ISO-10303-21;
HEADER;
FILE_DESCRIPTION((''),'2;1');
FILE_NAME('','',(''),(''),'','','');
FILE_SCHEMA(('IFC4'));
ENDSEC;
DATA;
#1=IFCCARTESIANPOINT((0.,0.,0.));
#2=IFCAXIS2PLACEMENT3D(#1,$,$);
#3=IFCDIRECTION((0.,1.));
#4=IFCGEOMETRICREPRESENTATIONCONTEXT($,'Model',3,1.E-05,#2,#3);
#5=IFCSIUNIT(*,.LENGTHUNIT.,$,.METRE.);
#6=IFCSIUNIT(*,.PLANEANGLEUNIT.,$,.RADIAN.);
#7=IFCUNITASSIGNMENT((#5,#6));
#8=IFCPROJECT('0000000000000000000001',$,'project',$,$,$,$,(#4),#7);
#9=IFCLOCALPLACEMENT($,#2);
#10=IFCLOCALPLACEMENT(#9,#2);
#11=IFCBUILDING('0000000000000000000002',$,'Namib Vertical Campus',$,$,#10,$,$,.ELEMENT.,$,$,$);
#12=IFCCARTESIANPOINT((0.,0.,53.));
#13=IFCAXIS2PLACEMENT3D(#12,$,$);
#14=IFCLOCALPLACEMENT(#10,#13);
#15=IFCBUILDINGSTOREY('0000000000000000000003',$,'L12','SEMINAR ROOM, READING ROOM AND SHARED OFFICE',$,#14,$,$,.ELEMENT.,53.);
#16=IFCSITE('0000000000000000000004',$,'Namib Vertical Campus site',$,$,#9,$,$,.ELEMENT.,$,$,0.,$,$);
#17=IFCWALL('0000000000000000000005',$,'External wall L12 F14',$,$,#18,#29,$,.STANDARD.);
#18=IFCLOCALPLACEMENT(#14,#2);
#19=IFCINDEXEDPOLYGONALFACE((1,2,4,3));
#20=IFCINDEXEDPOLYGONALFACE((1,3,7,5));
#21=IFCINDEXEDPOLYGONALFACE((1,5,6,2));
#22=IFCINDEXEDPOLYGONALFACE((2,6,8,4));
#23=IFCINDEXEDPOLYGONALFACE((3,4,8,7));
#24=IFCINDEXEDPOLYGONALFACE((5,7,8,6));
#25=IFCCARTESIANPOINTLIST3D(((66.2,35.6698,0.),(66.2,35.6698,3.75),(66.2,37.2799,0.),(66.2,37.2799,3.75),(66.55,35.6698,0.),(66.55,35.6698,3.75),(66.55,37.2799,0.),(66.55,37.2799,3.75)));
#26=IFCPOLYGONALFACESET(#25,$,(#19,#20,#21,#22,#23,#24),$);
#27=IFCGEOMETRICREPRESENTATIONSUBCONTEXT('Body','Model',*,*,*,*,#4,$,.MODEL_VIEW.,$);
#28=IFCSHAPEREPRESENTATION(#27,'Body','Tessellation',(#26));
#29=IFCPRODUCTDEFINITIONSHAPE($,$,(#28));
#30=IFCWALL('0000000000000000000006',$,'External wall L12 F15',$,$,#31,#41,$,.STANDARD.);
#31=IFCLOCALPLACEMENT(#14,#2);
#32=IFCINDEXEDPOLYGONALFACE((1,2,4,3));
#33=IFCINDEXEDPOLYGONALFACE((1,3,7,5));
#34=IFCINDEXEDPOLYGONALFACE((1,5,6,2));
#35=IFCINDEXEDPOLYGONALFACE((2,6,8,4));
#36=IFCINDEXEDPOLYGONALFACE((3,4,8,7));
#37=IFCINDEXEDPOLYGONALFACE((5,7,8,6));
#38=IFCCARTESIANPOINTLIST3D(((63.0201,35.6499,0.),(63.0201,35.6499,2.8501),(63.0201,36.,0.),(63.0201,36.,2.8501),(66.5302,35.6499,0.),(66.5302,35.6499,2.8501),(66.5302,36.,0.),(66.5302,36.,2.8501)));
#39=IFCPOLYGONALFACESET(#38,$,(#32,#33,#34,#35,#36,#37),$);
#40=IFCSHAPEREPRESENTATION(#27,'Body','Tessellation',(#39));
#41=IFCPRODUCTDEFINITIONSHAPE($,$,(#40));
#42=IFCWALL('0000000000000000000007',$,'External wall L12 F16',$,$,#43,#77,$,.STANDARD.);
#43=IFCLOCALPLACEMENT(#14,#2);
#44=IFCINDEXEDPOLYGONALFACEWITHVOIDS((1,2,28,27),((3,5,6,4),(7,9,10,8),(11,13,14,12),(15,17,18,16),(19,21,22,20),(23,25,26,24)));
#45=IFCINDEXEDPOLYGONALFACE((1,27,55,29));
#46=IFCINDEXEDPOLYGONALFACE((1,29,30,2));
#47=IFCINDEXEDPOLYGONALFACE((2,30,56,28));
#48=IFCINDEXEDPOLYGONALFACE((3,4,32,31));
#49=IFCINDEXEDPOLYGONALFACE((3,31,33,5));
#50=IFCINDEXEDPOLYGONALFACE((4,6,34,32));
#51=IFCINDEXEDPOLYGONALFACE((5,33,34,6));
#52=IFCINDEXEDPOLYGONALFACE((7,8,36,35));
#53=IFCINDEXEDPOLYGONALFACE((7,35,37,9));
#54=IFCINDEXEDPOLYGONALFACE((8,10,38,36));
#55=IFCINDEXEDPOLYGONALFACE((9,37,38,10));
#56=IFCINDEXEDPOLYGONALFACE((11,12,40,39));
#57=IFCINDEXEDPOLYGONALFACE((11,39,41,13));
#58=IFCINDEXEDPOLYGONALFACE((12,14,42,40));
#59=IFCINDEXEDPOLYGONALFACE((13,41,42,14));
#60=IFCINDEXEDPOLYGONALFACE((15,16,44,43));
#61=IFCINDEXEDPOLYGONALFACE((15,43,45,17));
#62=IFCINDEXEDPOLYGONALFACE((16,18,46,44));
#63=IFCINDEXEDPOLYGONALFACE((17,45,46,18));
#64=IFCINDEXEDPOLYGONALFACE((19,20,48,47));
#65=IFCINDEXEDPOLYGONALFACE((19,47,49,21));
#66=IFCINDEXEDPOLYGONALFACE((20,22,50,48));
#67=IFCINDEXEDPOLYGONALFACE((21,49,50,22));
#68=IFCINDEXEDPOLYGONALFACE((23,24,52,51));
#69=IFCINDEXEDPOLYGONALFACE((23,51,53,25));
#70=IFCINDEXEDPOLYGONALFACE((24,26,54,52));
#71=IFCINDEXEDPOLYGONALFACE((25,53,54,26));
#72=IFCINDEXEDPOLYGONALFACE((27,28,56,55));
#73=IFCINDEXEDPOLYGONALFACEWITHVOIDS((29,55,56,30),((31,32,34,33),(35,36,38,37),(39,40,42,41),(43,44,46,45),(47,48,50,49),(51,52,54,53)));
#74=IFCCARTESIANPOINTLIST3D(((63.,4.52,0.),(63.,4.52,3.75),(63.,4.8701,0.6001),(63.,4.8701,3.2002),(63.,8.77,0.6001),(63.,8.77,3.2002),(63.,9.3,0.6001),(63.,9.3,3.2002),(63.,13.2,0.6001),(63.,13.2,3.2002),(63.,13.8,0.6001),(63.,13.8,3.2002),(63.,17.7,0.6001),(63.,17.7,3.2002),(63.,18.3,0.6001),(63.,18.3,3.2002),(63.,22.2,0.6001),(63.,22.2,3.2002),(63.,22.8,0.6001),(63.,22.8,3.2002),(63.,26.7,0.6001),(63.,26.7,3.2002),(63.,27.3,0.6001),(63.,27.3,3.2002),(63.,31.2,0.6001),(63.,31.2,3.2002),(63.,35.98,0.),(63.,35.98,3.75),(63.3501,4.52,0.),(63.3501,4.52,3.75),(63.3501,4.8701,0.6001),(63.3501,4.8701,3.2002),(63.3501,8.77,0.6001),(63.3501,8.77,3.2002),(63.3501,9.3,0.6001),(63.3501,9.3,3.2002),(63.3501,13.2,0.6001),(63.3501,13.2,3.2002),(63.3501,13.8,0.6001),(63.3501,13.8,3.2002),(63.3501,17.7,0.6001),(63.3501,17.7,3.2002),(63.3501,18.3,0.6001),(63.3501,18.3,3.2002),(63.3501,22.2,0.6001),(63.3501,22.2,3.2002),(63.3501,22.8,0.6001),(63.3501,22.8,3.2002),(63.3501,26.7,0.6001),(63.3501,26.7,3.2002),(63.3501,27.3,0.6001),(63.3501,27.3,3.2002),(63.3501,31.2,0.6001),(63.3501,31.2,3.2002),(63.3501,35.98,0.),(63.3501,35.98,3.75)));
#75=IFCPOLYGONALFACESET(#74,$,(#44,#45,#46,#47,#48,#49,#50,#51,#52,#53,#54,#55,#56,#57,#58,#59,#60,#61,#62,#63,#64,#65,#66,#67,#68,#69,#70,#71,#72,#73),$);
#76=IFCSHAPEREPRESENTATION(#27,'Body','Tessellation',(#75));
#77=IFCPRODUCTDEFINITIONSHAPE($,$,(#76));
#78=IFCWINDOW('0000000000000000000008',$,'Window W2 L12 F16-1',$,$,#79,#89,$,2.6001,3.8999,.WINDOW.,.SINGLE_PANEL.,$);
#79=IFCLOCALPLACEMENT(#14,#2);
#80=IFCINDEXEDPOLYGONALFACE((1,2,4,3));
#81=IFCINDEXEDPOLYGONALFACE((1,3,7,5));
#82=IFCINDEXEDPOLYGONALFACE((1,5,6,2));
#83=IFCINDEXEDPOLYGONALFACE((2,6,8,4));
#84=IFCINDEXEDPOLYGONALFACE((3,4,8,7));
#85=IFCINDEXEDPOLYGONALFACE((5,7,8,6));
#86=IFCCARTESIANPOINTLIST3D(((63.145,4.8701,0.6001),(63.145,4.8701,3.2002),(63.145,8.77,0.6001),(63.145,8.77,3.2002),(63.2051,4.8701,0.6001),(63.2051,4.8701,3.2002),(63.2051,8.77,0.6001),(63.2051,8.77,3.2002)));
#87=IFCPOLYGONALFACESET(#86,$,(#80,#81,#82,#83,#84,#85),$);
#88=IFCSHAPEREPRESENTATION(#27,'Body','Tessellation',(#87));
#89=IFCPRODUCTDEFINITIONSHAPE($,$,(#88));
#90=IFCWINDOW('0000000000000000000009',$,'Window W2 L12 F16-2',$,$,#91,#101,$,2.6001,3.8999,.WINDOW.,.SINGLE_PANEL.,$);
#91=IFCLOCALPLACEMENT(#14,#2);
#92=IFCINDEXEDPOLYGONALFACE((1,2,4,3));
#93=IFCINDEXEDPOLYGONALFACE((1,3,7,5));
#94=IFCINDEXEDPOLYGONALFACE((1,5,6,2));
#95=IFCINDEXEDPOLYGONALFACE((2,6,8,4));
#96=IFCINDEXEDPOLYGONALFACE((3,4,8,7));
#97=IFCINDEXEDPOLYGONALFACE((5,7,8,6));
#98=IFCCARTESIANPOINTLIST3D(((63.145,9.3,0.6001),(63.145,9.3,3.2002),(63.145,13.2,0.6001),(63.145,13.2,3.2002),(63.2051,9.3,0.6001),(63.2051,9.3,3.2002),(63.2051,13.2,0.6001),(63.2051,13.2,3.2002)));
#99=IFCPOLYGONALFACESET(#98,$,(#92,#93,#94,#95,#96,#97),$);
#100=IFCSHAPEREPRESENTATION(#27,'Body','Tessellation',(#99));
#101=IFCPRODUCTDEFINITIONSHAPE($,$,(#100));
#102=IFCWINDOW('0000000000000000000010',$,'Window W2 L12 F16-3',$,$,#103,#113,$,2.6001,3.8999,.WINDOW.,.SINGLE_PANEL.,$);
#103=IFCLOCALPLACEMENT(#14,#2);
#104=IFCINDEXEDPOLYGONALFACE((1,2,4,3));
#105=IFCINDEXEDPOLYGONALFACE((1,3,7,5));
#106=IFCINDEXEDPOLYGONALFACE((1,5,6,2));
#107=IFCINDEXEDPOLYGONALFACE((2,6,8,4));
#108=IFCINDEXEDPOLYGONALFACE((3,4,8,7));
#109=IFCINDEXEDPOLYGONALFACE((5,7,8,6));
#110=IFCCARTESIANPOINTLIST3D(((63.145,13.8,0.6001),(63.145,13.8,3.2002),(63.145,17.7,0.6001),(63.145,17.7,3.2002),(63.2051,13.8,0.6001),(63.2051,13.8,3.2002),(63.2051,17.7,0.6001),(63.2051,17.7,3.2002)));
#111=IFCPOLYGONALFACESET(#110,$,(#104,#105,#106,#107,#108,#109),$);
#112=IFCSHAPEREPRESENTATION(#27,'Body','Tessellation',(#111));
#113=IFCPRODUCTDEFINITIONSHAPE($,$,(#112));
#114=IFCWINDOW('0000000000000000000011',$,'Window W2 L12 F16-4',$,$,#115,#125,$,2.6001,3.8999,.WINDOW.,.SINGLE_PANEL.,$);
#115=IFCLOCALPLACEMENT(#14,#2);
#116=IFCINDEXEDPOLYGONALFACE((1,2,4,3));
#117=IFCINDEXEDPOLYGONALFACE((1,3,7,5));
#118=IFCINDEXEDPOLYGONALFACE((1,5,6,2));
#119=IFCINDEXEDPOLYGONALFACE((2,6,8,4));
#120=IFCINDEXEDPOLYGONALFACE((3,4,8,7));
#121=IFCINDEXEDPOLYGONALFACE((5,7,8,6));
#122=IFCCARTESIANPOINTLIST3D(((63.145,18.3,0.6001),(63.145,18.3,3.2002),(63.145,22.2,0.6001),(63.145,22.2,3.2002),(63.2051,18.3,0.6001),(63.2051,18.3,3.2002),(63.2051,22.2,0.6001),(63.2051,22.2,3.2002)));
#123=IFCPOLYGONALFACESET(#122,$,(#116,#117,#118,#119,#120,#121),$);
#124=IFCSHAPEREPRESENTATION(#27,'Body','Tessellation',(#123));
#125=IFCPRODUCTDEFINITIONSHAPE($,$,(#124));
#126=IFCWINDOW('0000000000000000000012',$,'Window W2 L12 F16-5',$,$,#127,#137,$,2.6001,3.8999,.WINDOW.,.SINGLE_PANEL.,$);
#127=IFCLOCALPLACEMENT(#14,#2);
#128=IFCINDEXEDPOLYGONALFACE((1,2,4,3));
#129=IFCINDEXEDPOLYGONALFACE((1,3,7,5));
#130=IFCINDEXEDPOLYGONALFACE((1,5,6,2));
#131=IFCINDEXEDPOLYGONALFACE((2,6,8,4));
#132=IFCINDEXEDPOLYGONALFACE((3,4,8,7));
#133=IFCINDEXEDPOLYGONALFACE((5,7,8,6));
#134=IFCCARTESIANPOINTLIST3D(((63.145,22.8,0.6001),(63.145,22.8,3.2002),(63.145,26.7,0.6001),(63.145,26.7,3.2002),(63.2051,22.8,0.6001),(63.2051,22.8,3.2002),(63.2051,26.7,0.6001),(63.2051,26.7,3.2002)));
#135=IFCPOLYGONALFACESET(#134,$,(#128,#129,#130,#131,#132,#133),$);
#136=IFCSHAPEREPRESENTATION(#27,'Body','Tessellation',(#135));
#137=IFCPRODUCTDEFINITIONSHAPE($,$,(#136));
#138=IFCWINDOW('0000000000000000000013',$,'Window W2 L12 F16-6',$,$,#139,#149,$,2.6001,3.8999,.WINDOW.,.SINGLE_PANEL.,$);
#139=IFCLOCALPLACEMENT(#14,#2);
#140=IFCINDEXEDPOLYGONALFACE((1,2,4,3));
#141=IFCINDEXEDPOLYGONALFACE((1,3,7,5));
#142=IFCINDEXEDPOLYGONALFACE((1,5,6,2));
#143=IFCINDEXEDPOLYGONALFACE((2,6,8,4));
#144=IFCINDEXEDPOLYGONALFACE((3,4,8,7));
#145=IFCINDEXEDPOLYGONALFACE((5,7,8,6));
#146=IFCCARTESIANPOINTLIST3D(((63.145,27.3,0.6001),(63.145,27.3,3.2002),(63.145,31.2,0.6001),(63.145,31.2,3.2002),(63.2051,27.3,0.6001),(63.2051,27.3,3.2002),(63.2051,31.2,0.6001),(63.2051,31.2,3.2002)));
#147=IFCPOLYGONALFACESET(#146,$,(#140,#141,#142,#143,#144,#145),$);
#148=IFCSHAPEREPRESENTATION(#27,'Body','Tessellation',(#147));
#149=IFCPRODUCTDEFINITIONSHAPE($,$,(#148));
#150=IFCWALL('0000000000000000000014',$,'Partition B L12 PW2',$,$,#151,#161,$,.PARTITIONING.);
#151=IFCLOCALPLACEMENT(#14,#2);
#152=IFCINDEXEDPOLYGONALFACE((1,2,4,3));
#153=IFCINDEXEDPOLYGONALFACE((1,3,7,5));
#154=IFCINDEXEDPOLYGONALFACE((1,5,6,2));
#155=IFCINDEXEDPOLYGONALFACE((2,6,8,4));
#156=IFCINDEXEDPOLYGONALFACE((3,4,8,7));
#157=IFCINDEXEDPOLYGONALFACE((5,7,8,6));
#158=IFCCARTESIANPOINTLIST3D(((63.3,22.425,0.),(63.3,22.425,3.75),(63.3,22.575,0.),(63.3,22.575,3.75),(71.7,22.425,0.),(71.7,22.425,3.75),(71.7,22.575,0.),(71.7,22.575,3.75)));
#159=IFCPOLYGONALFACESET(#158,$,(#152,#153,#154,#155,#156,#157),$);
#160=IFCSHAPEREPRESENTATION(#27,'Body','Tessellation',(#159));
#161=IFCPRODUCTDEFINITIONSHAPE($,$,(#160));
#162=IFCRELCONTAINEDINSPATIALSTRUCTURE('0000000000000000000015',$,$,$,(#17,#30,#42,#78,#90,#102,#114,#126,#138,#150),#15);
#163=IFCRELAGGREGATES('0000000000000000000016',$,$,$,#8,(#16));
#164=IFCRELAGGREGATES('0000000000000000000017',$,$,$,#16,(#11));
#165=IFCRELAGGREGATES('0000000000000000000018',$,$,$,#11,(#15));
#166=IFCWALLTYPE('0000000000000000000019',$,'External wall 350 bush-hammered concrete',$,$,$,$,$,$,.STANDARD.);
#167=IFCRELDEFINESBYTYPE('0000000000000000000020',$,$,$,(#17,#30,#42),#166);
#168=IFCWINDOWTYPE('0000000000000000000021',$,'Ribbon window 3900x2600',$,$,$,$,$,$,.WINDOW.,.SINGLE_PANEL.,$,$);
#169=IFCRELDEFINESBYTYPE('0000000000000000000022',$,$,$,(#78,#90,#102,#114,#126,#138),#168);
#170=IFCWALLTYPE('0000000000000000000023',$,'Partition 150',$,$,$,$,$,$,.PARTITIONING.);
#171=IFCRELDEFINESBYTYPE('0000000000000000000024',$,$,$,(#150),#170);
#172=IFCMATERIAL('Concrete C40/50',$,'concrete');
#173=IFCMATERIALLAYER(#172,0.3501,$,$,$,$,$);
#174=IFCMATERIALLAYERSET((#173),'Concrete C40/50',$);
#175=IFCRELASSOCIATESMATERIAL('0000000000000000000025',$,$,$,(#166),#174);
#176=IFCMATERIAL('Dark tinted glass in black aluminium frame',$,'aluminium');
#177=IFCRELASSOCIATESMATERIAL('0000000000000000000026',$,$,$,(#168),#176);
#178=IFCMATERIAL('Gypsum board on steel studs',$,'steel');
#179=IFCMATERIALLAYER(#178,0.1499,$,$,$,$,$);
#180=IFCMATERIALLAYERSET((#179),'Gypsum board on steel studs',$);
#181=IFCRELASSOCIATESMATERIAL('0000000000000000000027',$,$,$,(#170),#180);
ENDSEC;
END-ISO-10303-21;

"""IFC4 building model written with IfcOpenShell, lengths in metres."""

from ifc_helpers import new_model, si_unit, direction, frame, frame_2d, origin, place, context, subcontext, project, spatial, rectangle, extrude, material, layer, layer_set, type_object, element, fill, save


model = new_model("IFC4")

# Units and contexts
model_context = context("Model", 3, precision=1e-05, world=origin(), true_north=direction((0.0, 1.0)))
body_context = subcontext(model_context, "Body", "Model", "MODEL_VIEW")
ifc_project = project(units=[si_unit("LENGTHUNIT", "METRE"), si_unit("PLANEANGLEUNIT", "RADIAN")], contexts=[model_context])

# Site, building, storey
site_placement = place(None, origin())
site = spatial("IfcSite", under=ifc_project, at=site_placement, Name="Namib Vertical Campus site", CompositionType="ELEMENT", RefElevation=0.0)
building_placement = place(site_placement, origin())
building = spatial("IfcBuilding", under=site, at=building_placement, Name="Namib Vertical Campus", CompositionType="ELEMENT")
storey_placement = place(building_placement, frame((0.0, 0.0, 53.0)))
storey = spatial("IfcBuildingStorey", under=building, at=storey_placement, Name="L12", Description="SEMINAR ROOM, READING ROOM AND SHARED OFFICE", CompositionType="ELEMENT", Elevation=53.0)

# Walls
ifc_material_1 = material(Name="Concrete C40/50", Category="concrete")
ifc_layer_1 = layer(ifc_material_1, 0.3501)
ifc_layer_set_1 = layer_set([ifc_layer_1], Name="Concrete C40/50")
wall_type_1 = type_object("IfcWallType", Name="External wall 350 bush-hammered concrete", PredefinedType="STANDARD", material=ifc_layer_set_1)
wall_1_placement = place(storey_placement, frame((66.375, 37.28, 0.0), z_axis=(0.0, 0.0, 1.0), x_axis=(0.0, -1.0, 0.0)))
element("IfcWall", 1, at=wall_1_placement, inside=storey, type_object=wall_type_1, Name="External wall L12 F14", PredefinedType="STANDARD", context=body_context, shape_type="SweptSolid", body=[
    extrude(rectangle(XDim=1.6101, YDim=0.3501, at=frame_2d((0.8052, 0.0))), origin(), (0.0, 0.0, 1.0), 3.75),
])
wall_2_placement = place(storey_placement, frame((66.53, 35.825, 0.0), z_axis=(0.0, 0.0, 1.0), x_axis=(-1.0, 0.0, 0.0)))
element("IfcWall", 2, at=wall_2_placement, inside=storey, type_object=wall_type_1, Name="External wall L12 F15", PredefinedType="STANDARD", context=body_context, shape_type="SweptSolid", body=[
    extrude(rectangle(XDim=3.51, YDim=0.3501, at=frame_2d((1.7549, 0.0))), origin(), (0.0, 0.0, 1.0), 2.8501),
])

# Wall, openings, windows
wall_3_placement = place(storey_placement, frame((63.175, 35.98, 0.0), z_axis=(0.0, 0.0, 1.0), x_axis=(0.0, -1.0, 0.0)))
wall_3 = element("IfcWall", 3, at=wall_3_placement, inside=storey, type_object=wall_type_1, Name="External wall L12 F16", PredefinedType="STANDARD", context=body_context, shape_type="SweptSolid", body=[
    extrude(rectangle(XDim=31.46, YDim=0.3501, at=frame_2d((15.73, 0.0))), origin(), (0.0, 0.0, 1.0), 3.75),
])
opening_1_placement = place(wall_3_placement, frame((27.21, 0.0, 0.6001)))
opening_1 = element("IfcOpeningElement", 4, at=opening_1_placement, cuts=wall_3, PredefinedType="OPENING", context=body_context, shape_type="SweptSolid", body=[
    extrude(rectangle(XDim=3.8999, YDim=2.6001, at=frame_2d((1.95, 1.3))), frame((0.0, 0.1851, 0.0), z_axis=(0.0, -1.0, 0.0), x_axis=(1.0, 0.0, 0.0)), (0.0, 0.0, 1.0), 0.3701),
])
opening_2_placement = place(wall_3_placement, frame((22.78, 0.0, 0.6001)))
opening_2 = element("IfcOpeningElement", 5, at=opening_2_placement, cuts=wall_3, PredefinedType="OPENING", context=body_context, shape_type="SweptSolid", body=[
    extrude(rectangle(XDim=3.8999, YDim=2.6001, at=frame_2d((1.95, 1.3))), frame((0.0, 0.1851, 0.0), z_axis=(0.0, -1.0, 0.0), x_axis=(1.0, 0.0, 0.0)), (0.0, 0.0, 1.0), 0.3701),
])
opening_3_placement = place(wall_3_placement, frame((18.28, 0.0, 0.6001)))
opening_3 = element("IfcOpeningElement", 6, at=opening_3_placement, cuts=wall_3, PredefinedType="OPENING", context=body_context, shape_type="SweptSolid", body=[
    extrude(rectangle(XDim=3.8999, YDim=2.6001, at=frame_2d((1.95, 1.3))), frame((0.0, 0.1851, 0.0), z_axis=(0.0, -1.0, 0.0), x_axis=(1.0, 0.0, 0.0)), (0.0, 0.0, 1.0), 0.3701),
])
opening_4_placement = place(wall_3_placement, frame((13.78, 0.0, 0.6001)))
opening_4 = element("IfcOpeningElement", 7, at=opening_4_placement, cuts=wall_3, PredefinedType="OPENING", context=body_context, shape_type="SweptSolid", body=[
    extrude(rectangle(XDim=3.8999, YDim=2.6001, at=frame_2d((1.95, 1.3))), frame((0.0, 0.1851, 0.0), z_axis=(0.0, -1.0, 0.0), x_axis=(1.0, 0.0, 0.0)), (0.0, 0.0, 1.0), 0.3701),
])
opening_5_placement = place(wall_3_placement, frame((9.28, 0.0, 0.6001)))
opening_5 = element("IfcOpeningElement", 8, at=opening_5_placement, cuts=wall_3, PredefinedType="OPENING", context=body_context, shape_type="SweptSolid", body=[
    extrude(rectangle(XDim=3.8999, YDim=2.6001, at=frame_2d((1.95, 1.3))), frame((0.0, 0.1851, 0.0), z_axis=(0.0, -1.0, 0.0), x_axis=(1.0, 0.0, 0.0)), (0.0, 0.0, 1.0), 0.3701),
])
opening_6_placement = place(wall_3_placement, frame((4.78, 0.0, 0.6001)))
opening_6 = element("IfcOpeningElement", 9, at=opening_6_placement, cuts=wall_3, PredefinedType="OPENING", context=body_context, shape_type="SweptSolid", body=[
    extrude(rectangle(XDim=3.8999, YDim=2.6001, at=frame_2d((1.95, 1.3))), frame((0.0, 0.1851, 0.0), z_axis=(0.0, -1.0, 0.0), x_axis=(1.0, 0.0, 0.0)), (0.0, 0.0, 1.0), 0.3701),
])
ifc_material_2 = material(Name="Dark tinted glass in black aluminium frame", Category="aluminium")
window_type = type_object("IfcWindowType", Name="Ribbon window 3900x2600", PartitioningType="SINGLE_PANEL", PredefinedType="WINDOW", material=ifc_material_2)
window_1_placement = place(opening_1_placement, origin())
window_1 = element("IfcWindow", 10, at=window_1_placement, inside=storey, type_object=window_type, Name="Window W2 L12 F16-1", OverallHeight=2.6001, OverallWidth=3.8999, PartitioningType="SINGLE_PANEL", PredefinedType="WINDOW", context=body_context, shape_type="SweptSolid", body=[
    extrude(rectangle(XDim=3.8999, YDim=2.6001, at=frame_2d((1.95, 1.3))), frame((0.0, 0.03, 0.0), z_axis=(0.0, -1.0, 0.0), x_axis=(1.0, 0.0, 0.0)), (0.0, 0.0, 1.0), 0.0601),
])
fill(opening_1, window_1)
window_2_placement = place(opening_2_placement, origin())
window_2 = element("IfcWindow", 11, at=window_2_placement, inside=storey, type_object=window_type, Name="Window W2 L12 F16-2", OverallHeight=2.6001, OverallWidth=3.8999, PartitioningType="SINGLE_PANEL", PredefinedType="WINDOW", context=body_context, shape_type="SweptSolid", body=[
    extrude(rectangle(XDim=3.8999, YDim=2.6001, at=frame_2d((1.95, 1.3))), frame((0.0, 0.03, 0.0), z_axis=(0.0, -1.0, 0.0), x_axis=(1.0, 0.0, 0.0)), (0.0, 0.0, 1.0), 0.0601),
])
fill(opening_2, window_2)
window_3_placement = place(opening_3_placement, origin())
window_3 = element("IfcWindow", 12, at=window_3_placement, inside=storey, type_object=window_type, Name="Window W2 L12 F16-3", OverallHeight=2.6001, OverallWidth=3.8999, PartitioningType="SINGLE_PANEL", PredefinedType="WINDOW", context=body_context, shape_type="SweptSolid", body=[
    extrude(rectangle(XDim=3.8999, YDim=2.6001, at=frame_2d((1.95, 1.3))), frame((0.0, 0.03, 0.0), z_axis=(0.0, -1.0, 0.0), x_axis=(1.0, 0.0, 0.0)), (0.0, 0.0, 1.0), 0.0601),
])
fill(opening_3, window_3)
window_4_placement = place(opening_4_placement, origin())
window_4 = element("IfcWindow", 13, at=window_4_placement, inside=storey, type_object=window_type, Name="Window W2 L12 F16-4", OverallHeight=2.6001, OverallWidth=3.8999, PartitioningType="SINGLE_PANEL", PredefinedType="WINDOW", context=body_context, shape_type="SweptSolid", body=[
    extrude(rectangle(XDim=3.8999, YDim=2.6001, at=frame_2d((1.95, 1.3))), frame((0.0, 0.03, 0.0), z_axis=(0.0, -1.0, 0.0), x_axis=(1.0, 0.0, 0.0)), (0.0, 0.0, 1.0), 0.0601),
])
fill(opening_4, window_4)
window_5_placement = place(opening_5_placement, origin())
window_5 = element("IfcWindow", 14, at=window_5_placement, inside=storey, type_object=window_type, Name="Window W2 L12 F16-5", OverallHeight=2.6001, OverallWidth=3.8999, PartitioningType="SINGLE_PANEL", PredefinedType="WINDOW", context=body_context, shape_type="SweptSolid", body=[
    extrude(rectangle(XDim=3.8999, YDim=2.6001, at=frame_2d((1.95, 1.3))), frame((0.0, 0.03, 0.0), z_axis=(0.0, -1.0, 0.0), x_axis=(1.0, 0.0, 0.0)), (0.0, 0.0, 1.0), 0.0601),
])
fill(opening_5, window_5)
window_6_placement = place(opening_6_placement, origin())
window_6 = element("IfcWindow", 15, at=window_6_placement, inside=storey, type_object=window_type, Name="Window W2 L12 F16-6", OverallHeight=2.6001, OverallWidth=3.8999, PartitioningType="SINGLE_PANEL", PredefinedType="WINDOW", context=body_context, shape_type="SweptSolid", body=[
    extrude(rectangle(XDim=3.8999, YDim=2.6001, at=frame_2d((1.95, 1.3))), frame((0.0, 0.03, 0.0), z_axis=(0.0, -1.0, 0.0), x_axis=(1.0, 0.0, 0.0)), (0.0, 0.0, 1.0), 0.0601),
])
fill(opening_6, window_6)

# Wall
ifc_material_3 = material(Name="Gypsum board on steel studs", Category="steel")
ifc_layer_2 = layer(ifc_material_3, 0.1499)
ifc_layer_set_2 = layer_set([ifc_layer_2], Name="Gypsum board on steel studs")
wall_type_2 = type_object("IfcWallType", Name="Partition 150", PredefinedType="PARTITIONING", material=ifc_layer_set_2)
wall_4_placement = place(storey_placement, frame((63.3, 22.5, 0.0), z_axis=(0.0, 0.0, 1.0), x_axis=(1.0, 0.0, 0.0)))
element("IfcWall", 16, at=wall_4_placement, inside=storey, type_object=wall_type_2, Name="Partition B L12 PW2", PredefinedType="PARTITIONING", context=body_context, shape_type="SweptSolid", body=[
    extrude(rectangle(XDim=8.3999, YDim=0.1499, at=frame_2d((4.2, 0.0))), origin(), (0.0, 0.0, 1.0), 3.75),
])

save(model, "model.ifc")
